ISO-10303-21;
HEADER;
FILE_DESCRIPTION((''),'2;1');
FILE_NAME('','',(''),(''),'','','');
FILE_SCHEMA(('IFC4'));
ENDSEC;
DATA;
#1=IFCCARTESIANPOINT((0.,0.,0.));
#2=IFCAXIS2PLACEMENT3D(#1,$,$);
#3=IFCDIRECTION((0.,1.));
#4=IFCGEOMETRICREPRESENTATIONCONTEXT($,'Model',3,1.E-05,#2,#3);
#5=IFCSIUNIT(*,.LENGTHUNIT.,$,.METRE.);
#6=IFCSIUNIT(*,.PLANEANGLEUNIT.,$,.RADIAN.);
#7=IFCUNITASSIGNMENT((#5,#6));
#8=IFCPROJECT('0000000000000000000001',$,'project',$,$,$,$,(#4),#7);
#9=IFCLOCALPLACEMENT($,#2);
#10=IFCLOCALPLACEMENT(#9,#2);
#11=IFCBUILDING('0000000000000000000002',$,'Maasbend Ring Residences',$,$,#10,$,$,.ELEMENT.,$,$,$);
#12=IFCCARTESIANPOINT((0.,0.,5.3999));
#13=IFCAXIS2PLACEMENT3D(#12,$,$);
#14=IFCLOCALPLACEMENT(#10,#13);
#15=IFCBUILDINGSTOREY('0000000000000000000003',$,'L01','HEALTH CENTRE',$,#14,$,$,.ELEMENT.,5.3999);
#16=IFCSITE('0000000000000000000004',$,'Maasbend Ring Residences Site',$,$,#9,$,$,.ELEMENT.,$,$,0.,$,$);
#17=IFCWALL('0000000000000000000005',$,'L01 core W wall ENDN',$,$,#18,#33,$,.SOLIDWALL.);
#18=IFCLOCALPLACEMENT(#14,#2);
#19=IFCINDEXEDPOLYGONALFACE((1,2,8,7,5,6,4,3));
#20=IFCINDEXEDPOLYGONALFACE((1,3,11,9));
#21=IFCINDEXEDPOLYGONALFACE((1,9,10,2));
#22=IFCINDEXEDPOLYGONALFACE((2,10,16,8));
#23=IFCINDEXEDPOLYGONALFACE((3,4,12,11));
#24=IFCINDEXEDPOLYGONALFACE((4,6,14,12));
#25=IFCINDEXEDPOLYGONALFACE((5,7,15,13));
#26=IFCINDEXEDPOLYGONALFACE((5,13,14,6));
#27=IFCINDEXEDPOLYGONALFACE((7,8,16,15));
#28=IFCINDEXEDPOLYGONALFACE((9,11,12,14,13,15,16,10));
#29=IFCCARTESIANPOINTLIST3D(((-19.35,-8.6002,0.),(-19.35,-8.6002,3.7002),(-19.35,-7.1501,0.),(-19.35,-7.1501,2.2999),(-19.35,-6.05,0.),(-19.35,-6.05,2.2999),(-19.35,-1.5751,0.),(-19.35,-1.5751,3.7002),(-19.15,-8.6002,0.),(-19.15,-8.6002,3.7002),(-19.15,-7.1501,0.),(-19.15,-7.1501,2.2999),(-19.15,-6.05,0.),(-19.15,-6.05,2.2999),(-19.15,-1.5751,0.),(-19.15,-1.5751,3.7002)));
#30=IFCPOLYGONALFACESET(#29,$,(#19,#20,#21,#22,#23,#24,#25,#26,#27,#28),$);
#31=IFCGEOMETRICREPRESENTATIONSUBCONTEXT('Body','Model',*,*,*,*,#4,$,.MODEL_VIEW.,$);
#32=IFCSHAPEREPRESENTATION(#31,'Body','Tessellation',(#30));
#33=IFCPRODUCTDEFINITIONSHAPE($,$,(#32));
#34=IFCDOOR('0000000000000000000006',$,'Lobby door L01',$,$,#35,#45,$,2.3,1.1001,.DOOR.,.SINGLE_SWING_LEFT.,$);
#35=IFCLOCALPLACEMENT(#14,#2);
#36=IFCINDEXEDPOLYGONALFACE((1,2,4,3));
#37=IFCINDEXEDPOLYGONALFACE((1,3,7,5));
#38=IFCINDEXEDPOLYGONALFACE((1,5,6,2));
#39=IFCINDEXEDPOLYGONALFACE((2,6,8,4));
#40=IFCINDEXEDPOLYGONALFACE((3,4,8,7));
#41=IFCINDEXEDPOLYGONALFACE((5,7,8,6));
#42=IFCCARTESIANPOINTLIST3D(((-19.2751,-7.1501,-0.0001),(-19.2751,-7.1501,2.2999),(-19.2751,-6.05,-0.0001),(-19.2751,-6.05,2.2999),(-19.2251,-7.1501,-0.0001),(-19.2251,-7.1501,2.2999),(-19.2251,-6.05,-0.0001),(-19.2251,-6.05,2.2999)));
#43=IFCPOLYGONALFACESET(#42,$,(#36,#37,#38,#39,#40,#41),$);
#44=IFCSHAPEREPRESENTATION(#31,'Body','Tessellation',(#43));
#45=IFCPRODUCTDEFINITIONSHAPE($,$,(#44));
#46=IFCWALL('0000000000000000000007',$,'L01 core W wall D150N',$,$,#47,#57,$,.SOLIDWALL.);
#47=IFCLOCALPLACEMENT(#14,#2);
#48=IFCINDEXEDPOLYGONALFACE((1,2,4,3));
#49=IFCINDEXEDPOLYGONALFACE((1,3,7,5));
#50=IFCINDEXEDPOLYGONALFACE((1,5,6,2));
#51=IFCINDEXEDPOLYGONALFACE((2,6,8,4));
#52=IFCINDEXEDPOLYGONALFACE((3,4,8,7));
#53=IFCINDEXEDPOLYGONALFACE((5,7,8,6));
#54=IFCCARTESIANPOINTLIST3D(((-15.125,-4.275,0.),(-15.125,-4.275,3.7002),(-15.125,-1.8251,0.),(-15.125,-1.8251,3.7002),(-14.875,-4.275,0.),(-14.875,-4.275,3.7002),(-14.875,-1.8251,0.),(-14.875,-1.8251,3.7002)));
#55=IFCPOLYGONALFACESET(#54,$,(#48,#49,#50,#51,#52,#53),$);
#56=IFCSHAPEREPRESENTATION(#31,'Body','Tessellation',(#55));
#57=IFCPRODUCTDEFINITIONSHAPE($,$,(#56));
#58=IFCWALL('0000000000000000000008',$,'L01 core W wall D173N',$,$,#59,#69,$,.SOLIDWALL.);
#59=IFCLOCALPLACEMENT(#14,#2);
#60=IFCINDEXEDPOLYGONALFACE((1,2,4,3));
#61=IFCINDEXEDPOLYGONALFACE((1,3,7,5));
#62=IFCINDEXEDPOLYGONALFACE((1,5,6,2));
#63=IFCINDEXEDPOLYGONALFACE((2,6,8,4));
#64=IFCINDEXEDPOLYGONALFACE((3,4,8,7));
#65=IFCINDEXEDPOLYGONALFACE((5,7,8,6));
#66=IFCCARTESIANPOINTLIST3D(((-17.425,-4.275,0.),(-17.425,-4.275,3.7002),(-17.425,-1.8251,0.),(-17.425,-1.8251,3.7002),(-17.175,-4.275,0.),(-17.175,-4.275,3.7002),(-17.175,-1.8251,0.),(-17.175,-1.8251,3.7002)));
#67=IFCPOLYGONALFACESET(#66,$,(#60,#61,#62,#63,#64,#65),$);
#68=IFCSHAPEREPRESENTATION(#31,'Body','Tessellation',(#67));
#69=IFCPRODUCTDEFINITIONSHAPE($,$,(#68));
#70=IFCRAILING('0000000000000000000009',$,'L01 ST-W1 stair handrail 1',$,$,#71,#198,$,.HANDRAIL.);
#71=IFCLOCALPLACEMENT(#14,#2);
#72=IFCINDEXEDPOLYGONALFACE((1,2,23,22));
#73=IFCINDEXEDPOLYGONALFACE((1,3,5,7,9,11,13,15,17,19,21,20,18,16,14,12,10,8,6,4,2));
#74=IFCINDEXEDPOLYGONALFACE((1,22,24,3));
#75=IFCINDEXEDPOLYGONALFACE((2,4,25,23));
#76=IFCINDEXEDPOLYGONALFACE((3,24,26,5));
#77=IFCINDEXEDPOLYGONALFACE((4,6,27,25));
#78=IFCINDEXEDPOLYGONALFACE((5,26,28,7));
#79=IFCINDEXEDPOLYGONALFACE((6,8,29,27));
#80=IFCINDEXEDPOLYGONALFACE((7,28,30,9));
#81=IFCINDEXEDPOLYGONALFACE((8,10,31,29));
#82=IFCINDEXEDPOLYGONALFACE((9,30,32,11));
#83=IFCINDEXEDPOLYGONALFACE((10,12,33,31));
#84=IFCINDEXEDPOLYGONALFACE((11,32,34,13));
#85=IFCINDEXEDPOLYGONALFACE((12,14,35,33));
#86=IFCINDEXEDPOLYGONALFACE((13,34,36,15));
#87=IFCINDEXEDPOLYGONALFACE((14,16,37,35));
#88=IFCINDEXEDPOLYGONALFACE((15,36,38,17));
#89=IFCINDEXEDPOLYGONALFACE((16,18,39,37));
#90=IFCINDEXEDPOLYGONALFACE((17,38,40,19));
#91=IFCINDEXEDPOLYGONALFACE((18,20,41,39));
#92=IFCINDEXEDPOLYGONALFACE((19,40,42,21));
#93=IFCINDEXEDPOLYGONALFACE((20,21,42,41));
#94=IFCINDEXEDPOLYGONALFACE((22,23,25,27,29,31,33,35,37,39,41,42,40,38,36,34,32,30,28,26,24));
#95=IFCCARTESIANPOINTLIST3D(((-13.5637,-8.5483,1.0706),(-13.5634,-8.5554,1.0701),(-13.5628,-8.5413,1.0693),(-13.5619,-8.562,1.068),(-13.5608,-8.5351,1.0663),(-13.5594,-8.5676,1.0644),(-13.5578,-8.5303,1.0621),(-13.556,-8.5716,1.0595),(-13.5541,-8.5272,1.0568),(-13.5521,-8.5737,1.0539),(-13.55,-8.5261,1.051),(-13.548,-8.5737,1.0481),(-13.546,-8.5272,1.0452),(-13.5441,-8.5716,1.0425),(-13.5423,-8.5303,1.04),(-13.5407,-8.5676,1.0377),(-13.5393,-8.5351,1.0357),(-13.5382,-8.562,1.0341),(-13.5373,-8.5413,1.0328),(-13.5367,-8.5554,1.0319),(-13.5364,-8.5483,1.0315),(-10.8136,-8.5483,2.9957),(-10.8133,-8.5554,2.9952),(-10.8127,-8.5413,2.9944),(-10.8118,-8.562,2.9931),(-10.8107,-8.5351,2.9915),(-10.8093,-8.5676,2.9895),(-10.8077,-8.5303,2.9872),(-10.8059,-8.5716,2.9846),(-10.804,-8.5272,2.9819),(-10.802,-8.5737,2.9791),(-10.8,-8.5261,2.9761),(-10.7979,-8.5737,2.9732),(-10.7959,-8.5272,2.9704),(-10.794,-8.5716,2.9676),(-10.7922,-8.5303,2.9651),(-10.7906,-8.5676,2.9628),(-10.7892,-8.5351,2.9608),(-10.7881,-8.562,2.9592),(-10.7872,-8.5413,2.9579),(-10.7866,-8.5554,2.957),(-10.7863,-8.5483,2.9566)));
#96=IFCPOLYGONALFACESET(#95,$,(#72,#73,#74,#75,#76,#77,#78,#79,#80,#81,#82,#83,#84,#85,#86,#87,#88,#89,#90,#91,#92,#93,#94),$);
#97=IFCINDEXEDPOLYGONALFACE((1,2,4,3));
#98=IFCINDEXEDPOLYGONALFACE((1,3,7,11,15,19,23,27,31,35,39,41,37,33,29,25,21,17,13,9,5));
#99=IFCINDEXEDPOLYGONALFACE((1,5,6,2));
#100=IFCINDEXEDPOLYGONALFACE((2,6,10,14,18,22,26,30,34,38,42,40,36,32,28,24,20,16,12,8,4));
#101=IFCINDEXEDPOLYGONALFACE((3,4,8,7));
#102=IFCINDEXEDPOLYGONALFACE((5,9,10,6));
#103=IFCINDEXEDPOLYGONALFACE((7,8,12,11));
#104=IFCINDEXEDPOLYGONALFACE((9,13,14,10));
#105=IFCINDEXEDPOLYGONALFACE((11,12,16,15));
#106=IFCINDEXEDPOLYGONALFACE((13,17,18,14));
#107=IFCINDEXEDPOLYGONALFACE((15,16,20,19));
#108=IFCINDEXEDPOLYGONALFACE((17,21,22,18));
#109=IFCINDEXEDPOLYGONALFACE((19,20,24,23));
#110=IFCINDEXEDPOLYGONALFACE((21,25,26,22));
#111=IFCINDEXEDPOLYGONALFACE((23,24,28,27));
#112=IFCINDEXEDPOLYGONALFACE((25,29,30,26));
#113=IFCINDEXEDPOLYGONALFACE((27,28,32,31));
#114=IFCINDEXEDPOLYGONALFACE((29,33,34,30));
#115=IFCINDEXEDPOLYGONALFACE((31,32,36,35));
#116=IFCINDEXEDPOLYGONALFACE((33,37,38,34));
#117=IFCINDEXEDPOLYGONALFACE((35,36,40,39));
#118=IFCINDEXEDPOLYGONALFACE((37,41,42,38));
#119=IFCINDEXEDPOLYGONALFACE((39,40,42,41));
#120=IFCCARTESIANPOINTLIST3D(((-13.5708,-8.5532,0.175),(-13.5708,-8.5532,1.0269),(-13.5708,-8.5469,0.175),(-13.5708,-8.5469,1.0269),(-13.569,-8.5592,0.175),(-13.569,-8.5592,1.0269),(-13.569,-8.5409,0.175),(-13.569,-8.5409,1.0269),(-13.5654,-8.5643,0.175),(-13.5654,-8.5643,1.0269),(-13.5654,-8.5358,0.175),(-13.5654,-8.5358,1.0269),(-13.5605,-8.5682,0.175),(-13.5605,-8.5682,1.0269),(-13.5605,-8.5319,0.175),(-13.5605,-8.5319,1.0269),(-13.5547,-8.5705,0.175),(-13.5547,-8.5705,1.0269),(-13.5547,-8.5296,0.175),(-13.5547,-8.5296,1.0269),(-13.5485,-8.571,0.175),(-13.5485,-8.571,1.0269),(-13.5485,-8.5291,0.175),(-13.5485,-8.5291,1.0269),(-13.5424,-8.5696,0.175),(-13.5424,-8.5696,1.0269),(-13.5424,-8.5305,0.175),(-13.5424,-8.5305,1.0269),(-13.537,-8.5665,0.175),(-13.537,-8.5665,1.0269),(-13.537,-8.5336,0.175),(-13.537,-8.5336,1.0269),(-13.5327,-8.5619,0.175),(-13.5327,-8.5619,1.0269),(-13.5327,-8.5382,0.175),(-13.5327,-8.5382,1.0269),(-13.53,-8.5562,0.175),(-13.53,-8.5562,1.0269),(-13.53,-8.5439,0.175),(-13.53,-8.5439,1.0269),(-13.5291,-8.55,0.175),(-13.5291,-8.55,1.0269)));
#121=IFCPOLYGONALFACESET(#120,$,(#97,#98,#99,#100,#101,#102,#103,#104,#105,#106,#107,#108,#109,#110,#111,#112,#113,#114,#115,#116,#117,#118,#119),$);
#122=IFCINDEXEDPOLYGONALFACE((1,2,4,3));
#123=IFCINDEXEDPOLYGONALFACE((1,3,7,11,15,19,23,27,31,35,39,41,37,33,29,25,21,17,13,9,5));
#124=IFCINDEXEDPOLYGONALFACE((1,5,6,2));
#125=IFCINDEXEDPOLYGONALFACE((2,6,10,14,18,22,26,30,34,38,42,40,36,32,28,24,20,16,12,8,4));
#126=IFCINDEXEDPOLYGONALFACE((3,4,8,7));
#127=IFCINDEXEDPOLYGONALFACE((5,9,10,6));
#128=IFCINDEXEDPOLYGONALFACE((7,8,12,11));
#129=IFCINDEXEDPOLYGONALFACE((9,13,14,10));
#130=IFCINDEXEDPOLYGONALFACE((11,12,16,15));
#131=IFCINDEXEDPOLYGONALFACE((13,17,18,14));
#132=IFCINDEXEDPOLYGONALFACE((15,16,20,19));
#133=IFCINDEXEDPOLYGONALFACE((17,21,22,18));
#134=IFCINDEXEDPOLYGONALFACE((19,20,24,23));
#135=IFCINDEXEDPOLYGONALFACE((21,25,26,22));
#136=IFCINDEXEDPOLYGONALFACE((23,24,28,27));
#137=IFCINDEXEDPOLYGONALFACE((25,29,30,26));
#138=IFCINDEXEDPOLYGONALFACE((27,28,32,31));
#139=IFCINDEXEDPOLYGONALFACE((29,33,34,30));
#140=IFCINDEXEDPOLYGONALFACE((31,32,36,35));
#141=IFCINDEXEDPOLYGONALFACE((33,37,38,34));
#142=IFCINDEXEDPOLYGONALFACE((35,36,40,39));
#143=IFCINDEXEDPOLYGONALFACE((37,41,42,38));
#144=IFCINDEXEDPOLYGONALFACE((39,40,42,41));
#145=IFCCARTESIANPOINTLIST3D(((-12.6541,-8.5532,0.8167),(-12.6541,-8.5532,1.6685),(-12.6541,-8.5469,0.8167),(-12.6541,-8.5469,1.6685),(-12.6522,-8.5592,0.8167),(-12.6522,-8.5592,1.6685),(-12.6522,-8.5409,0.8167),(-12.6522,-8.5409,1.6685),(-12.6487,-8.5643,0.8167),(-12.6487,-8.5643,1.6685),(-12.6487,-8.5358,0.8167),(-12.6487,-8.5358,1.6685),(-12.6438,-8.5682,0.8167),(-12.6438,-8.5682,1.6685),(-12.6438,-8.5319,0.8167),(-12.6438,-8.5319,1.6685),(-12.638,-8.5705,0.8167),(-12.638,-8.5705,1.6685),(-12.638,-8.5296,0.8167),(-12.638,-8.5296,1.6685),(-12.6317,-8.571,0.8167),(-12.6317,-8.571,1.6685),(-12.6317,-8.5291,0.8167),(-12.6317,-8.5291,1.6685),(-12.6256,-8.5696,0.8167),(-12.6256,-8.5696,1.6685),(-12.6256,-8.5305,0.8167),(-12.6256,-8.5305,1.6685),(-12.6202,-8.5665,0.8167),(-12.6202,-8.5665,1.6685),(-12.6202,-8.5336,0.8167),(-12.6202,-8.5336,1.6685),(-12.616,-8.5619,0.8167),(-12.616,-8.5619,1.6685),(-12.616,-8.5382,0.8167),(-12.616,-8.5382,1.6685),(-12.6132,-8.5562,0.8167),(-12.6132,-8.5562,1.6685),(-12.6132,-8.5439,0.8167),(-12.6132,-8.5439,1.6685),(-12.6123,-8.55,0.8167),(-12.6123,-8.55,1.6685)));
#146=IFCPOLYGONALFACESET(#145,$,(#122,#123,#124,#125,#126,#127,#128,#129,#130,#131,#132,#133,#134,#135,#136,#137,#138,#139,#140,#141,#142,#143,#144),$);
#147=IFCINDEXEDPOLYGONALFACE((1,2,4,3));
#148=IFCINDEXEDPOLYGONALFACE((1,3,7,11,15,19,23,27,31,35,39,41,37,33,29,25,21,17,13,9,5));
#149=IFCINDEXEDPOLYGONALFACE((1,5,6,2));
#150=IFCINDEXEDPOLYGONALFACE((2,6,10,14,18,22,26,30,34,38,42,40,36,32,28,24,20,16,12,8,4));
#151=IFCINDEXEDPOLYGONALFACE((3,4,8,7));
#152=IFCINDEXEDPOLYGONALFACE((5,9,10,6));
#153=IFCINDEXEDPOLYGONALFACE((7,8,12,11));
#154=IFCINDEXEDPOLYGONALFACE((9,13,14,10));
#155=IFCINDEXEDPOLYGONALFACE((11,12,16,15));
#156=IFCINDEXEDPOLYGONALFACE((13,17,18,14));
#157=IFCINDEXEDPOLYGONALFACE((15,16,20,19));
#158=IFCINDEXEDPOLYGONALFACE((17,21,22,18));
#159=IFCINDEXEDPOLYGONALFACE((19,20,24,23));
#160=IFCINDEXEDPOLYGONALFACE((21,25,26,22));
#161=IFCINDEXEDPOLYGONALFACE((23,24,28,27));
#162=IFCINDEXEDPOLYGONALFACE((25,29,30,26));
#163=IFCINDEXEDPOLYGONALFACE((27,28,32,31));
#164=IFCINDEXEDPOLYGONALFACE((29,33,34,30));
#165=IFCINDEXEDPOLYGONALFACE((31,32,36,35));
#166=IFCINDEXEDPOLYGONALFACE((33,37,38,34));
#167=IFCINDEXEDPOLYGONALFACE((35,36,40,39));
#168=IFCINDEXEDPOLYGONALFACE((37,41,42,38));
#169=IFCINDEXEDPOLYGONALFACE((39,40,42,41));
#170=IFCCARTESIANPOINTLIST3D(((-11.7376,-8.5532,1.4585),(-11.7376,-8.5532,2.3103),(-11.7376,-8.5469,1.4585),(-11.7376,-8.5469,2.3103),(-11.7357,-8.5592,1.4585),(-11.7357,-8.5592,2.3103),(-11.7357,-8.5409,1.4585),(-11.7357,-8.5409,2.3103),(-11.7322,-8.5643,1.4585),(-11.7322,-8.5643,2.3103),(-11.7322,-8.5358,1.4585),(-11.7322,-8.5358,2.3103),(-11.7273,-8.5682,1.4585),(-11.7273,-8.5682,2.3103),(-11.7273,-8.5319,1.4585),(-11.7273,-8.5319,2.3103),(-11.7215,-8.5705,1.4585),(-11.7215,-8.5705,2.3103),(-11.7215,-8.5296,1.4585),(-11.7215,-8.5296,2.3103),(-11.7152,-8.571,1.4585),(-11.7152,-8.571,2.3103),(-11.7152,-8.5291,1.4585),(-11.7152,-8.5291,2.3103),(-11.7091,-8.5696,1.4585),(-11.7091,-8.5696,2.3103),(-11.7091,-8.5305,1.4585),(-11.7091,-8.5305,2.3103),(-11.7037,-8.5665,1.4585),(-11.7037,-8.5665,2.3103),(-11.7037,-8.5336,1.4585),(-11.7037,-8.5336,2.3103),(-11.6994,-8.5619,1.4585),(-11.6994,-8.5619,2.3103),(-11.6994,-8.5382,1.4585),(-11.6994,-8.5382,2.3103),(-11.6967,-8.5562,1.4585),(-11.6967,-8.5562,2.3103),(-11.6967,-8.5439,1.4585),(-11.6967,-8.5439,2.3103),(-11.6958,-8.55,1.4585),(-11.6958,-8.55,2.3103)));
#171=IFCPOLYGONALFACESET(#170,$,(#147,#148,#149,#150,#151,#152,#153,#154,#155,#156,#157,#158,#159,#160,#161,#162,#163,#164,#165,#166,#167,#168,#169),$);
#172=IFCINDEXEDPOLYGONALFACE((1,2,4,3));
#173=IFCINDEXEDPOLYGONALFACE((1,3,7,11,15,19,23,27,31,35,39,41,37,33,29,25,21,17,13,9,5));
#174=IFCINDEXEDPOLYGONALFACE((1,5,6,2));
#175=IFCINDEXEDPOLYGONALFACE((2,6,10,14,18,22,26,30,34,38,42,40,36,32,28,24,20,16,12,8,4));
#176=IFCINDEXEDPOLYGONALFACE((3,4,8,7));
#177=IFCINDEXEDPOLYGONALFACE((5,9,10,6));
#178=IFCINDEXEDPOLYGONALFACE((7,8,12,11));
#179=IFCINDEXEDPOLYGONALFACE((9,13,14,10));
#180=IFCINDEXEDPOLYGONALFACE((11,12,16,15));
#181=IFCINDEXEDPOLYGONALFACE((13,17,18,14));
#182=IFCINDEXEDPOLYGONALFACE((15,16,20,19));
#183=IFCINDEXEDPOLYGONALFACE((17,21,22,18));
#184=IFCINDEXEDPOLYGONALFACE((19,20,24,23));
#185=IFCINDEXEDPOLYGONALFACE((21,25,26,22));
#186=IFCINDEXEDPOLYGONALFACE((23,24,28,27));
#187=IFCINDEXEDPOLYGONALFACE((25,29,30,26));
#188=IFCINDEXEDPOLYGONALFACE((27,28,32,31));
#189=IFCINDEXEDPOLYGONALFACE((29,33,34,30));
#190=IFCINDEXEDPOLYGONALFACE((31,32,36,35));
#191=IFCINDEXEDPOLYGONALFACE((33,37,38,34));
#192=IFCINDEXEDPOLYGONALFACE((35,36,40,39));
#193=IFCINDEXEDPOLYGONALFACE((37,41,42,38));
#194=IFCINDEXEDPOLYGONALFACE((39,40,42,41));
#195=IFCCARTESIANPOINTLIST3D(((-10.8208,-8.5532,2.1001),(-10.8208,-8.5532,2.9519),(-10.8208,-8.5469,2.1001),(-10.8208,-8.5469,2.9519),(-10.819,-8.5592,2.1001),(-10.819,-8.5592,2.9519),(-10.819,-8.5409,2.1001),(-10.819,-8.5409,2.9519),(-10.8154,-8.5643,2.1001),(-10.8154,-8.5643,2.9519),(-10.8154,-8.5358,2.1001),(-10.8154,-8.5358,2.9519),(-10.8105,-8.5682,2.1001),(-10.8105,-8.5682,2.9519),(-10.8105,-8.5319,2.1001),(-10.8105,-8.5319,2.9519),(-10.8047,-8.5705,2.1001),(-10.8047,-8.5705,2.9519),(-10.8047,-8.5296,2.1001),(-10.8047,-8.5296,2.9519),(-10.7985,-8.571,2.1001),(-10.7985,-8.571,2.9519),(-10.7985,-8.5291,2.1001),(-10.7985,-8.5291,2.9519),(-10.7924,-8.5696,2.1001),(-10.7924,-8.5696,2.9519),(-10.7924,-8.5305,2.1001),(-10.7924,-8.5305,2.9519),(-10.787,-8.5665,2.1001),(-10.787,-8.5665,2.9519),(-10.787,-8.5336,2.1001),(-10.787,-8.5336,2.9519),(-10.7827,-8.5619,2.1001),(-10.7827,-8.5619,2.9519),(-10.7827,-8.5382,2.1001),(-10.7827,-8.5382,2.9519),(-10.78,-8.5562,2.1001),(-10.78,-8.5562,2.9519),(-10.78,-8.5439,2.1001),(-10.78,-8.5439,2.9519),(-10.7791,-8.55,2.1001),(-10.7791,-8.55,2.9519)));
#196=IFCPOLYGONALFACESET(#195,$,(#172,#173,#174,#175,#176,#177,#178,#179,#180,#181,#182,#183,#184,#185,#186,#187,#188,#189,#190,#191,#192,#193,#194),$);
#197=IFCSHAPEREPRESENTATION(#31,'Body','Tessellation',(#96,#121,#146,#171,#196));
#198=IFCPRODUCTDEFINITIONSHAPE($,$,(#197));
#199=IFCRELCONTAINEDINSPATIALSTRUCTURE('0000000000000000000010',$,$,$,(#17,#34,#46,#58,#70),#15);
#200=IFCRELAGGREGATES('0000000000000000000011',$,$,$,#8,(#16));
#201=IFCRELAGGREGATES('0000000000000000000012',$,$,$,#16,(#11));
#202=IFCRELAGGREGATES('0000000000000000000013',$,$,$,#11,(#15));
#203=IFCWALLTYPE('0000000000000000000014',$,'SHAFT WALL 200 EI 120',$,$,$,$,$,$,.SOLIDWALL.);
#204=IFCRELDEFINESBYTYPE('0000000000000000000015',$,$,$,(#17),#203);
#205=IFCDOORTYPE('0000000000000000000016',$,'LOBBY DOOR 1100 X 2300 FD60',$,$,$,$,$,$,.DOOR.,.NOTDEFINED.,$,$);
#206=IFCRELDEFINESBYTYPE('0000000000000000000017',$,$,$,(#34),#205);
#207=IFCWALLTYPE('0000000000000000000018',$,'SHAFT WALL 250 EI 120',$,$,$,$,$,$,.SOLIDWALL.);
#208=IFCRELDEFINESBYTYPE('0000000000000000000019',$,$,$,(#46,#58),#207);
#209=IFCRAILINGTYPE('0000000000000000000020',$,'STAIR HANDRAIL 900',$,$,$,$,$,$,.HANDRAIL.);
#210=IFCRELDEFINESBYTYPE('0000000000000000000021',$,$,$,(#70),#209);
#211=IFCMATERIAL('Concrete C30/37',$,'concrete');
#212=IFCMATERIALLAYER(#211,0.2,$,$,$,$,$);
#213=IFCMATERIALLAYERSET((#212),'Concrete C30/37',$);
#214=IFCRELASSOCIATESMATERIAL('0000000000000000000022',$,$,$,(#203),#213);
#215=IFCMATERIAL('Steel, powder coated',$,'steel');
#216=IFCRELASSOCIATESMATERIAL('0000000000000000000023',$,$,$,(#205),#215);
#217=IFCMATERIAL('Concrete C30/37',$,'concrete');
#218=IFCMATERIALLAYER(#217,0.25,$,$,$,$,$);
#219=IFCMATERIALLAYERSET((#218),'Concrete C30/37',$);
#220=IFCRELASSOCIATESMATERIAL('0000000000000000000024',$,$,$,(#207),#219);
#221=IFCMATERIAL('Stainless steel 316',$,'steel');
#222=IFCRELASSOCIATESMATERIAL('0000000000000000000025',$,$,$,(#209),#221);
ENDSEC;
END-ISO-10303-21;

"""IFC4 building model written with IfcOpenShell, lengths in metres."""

from ifc_helpers import new_model, si_unit, direction, frame, frame_2d, origin, origin_2d, place, context, subcontext, project, spatial, rectangle, circle, extrude, material, layer, layer_set, type_object, element, fill, save


model = new_model("IFC4")

# Units and contexts
model_context = context("Model", 3, precision=1e-05, world=origin(), true_north=direction((0.0, 1.0)))
body_context = subcontext(model_context, "Body", "Model", "MODEL_VIEW")
ifc_project = project(units=[si_unit("LENGTHUNIT", "METRE"), si_unit("PLANEANGLEUNIT", "RADIAN")], contexts=[model_context])

# Site, building, storey
site_placement = place(None, origin())
site = spatial("IfcSite", under=ifc_project, at=site_placement, Name="Maasbend Ring Residences Site", CompositionType="ELEMENT", RefElevation=0.0)
building_placement = place(site_placement, origin())
building = spatial("IfcBuilding", under=site, at=building_placement, Name="Maasbend Ring Residences", CompositionType="ELEMENT")
storey_placement = place(building_placement, frame((0.0, 0.0, 5.3999)))
storey = spatial("IfcBuildingStorey", under=building, at=storey_placement, Name="L01", Description="HEALTH CENTRE", CompositionType="ELEMENT", Elevation=5.3999)

# Wall, opening, door
ifc_material_1 = material(Name="Concrete C30/37", Category="concrete")
ifc_layer_1 = layer(ifc_material_1, 0.2)
ifc_layer_set_1 = layer_set([ifc_layer_1], Name="Concrete C30/37")
wall_type_1 = type_object("IfcWallType", Name="SHAFT WALL 200 EI 120", PredefinedType="SOLIDWALL", material=ifc_layer_set_1)
wall_1_placement = place(storey_placement, frame((-19.25, -1.575, 0.0), z_axis=(0.0, 0.0, 1.0), x_axis=(0.0, -1.0, 0.0)))
wall_1 = element("IfcWall", 1, at=wall_1_placement, inside=storey, type_object=wall_type_1, Name="L01 core W wall ENDN", PredefinedType="SOLIDWALL", context=body_context, shape_type="SweptSolid", body=[
    extrude(rectangle(XDim=7.0251, YDim=0.2, at=frame_2d((3.5127, 0.0))), origin(), (0.0, 0.0, 1.0), 3.7002),
])
opening_1_placement = place(wall_1_placement, frame((4.4751, 0.0, 0.0)))
opening_1 = element("IfcOpeningElement", 2, at=opening_1_placement, cuts=wall_1, PredefinedType="OPENING", context=body_context, shape_type="SweptSolid", body=[
    extrude(rectangle(XDim=1.1001, YDim=2.3, at=frame_2d((0.55, 1.1499))), frame((0.0, 0.1099, 0.0), z_axis=(0.0, -1.0, 0.0), x_axis=(1.0, 0.0, 0.0)), (0.0, 0.0, 1.0), 0.22),
])
ifc_material_2 = material(Name="Steel, powder coated", Category="steel")
door_type_1 = type_object("IfcDoorType", Name="LOBBY DOOR 1100 X 2300 FD60", OperationType="NOTDEFINED", PredefinedType="DOOR", material=ifc_material_2)
door_1_placement = place(opening_1_placement, origin())
door_1 = element("IfcDoor", 3, at=door_1_placement, inside=storey, type_object=door_type_1, Name="Lobby door L01", OperationType="SINGLE_SWING_LEFT", OverallHeight=2.3, OverallWidth=1.1001, PredefinedType="DOOR", context=body_context, shape_type="SweptSolid", body=[
    extrude(rectangle(XDim=1.1001, YDim=2.3, at=frame_2d((0.55, 1.1499))), frame((0.0, 0.0249, 0.0), z_axis=(0.0, -1.0, 0.0), x_axis=(1.0, 0.0, 0.0)), (0.0, 0.0, 1.0), 0.05),
])
fill(opening_1, door_1)

# Walls
ifc_material_3 = material(Name="Concrete C30/37", Category="concrete")
ifc_layer_2 = layer(ifc_material_3, 0.25)
ifc_layer_set_2 = layer_set([ifc_layer_2], Name="Concrete C30/37")
wall_type_2 = type_object("IfcWallType", Name="SHAFT WALL 250 EI 120", PredefinedType="SOLIDWALL", material=ifc_layer_set_2)
for number, where, z_axis, x_axis, name in (
    (4, (-15.0, -1.825, 0.0), (0.0, 0.0, 1.0), (0.0, -1.0, 0.0), "L01 core W wall D150N"),
    (5, (-17.3, -1.825, 0.0), (0.0, 0.0, 1.0), (0.0, -1.0, 0.0), "L01 core W wall D173N"),
):
    element("IfcWall", number, at=place(storey_placement, frame(where, z_axis=z_axis, x_axis=x_axis)), inside=storey, type_object=wall_type_2, Name=name, PredefinedType="SOLIDWALL", context=body_context, shape_type="SweptSolid", body=[
        extrude(rectangle(XDim=2.45, YDim=0.25, at=frame_2d((1.2251, 0.0))), origin(), (0.0, 0.0, 1.0), 3.7002),
    ])

# Railing
ifc_material_4 = material(Name="Stainless steel 316", Category="steel")
railing_type_1 = type_object("IfcRailingType", Name="STAIR HANDRAIL 900", PredefinedType="HANDRAIL", material=ifc_material_4)
railing_1_placement = place(storey_placement, frame((-13.55, -8.55, 0.175)))
element("IfcRailing", 6, at=railing_1_placement, inside=storey, type_object=railing_type_1, Name="L01 ST-W1 stair handrail 1", PredefinedType="HANDRAIL", context=body_context, shape_type="SweptSolid", body=[
    extrude(circle(Radius=0.0239, at=origin_2d()), frame((0.0, 0.0, 0.876), z_axis=(0.819225, 0.0, 0.573472), x_axis=(0.0, 1.0, 0.0)), (0.0, 0.0, 1.0), 3.3569),
    extrude(circle(Radius=0.021, at=origin_2d()), origin(), (0.0, 0.0, 1.0), 0.8518),
    extrude(circle(Radius=0.021, at=origin_2d()), frame((0.9167, 0.0, 0.6416)), (0.0, 0.0, 1.0), 0.8518),
    extrude(circle(Radius=0.021, at=origin_2d()), frame((1.8333, 0.0, 1.2834)), (0.0, 0.0, 1.0), 0.8518),
    extrude(circle(Radius=0.021, at=origin_2d()), frame((2.75, 0.0, 1.925)), (0.0, 0.0, 1.0), 0.8518),
])

save(model, "model.ifc")
